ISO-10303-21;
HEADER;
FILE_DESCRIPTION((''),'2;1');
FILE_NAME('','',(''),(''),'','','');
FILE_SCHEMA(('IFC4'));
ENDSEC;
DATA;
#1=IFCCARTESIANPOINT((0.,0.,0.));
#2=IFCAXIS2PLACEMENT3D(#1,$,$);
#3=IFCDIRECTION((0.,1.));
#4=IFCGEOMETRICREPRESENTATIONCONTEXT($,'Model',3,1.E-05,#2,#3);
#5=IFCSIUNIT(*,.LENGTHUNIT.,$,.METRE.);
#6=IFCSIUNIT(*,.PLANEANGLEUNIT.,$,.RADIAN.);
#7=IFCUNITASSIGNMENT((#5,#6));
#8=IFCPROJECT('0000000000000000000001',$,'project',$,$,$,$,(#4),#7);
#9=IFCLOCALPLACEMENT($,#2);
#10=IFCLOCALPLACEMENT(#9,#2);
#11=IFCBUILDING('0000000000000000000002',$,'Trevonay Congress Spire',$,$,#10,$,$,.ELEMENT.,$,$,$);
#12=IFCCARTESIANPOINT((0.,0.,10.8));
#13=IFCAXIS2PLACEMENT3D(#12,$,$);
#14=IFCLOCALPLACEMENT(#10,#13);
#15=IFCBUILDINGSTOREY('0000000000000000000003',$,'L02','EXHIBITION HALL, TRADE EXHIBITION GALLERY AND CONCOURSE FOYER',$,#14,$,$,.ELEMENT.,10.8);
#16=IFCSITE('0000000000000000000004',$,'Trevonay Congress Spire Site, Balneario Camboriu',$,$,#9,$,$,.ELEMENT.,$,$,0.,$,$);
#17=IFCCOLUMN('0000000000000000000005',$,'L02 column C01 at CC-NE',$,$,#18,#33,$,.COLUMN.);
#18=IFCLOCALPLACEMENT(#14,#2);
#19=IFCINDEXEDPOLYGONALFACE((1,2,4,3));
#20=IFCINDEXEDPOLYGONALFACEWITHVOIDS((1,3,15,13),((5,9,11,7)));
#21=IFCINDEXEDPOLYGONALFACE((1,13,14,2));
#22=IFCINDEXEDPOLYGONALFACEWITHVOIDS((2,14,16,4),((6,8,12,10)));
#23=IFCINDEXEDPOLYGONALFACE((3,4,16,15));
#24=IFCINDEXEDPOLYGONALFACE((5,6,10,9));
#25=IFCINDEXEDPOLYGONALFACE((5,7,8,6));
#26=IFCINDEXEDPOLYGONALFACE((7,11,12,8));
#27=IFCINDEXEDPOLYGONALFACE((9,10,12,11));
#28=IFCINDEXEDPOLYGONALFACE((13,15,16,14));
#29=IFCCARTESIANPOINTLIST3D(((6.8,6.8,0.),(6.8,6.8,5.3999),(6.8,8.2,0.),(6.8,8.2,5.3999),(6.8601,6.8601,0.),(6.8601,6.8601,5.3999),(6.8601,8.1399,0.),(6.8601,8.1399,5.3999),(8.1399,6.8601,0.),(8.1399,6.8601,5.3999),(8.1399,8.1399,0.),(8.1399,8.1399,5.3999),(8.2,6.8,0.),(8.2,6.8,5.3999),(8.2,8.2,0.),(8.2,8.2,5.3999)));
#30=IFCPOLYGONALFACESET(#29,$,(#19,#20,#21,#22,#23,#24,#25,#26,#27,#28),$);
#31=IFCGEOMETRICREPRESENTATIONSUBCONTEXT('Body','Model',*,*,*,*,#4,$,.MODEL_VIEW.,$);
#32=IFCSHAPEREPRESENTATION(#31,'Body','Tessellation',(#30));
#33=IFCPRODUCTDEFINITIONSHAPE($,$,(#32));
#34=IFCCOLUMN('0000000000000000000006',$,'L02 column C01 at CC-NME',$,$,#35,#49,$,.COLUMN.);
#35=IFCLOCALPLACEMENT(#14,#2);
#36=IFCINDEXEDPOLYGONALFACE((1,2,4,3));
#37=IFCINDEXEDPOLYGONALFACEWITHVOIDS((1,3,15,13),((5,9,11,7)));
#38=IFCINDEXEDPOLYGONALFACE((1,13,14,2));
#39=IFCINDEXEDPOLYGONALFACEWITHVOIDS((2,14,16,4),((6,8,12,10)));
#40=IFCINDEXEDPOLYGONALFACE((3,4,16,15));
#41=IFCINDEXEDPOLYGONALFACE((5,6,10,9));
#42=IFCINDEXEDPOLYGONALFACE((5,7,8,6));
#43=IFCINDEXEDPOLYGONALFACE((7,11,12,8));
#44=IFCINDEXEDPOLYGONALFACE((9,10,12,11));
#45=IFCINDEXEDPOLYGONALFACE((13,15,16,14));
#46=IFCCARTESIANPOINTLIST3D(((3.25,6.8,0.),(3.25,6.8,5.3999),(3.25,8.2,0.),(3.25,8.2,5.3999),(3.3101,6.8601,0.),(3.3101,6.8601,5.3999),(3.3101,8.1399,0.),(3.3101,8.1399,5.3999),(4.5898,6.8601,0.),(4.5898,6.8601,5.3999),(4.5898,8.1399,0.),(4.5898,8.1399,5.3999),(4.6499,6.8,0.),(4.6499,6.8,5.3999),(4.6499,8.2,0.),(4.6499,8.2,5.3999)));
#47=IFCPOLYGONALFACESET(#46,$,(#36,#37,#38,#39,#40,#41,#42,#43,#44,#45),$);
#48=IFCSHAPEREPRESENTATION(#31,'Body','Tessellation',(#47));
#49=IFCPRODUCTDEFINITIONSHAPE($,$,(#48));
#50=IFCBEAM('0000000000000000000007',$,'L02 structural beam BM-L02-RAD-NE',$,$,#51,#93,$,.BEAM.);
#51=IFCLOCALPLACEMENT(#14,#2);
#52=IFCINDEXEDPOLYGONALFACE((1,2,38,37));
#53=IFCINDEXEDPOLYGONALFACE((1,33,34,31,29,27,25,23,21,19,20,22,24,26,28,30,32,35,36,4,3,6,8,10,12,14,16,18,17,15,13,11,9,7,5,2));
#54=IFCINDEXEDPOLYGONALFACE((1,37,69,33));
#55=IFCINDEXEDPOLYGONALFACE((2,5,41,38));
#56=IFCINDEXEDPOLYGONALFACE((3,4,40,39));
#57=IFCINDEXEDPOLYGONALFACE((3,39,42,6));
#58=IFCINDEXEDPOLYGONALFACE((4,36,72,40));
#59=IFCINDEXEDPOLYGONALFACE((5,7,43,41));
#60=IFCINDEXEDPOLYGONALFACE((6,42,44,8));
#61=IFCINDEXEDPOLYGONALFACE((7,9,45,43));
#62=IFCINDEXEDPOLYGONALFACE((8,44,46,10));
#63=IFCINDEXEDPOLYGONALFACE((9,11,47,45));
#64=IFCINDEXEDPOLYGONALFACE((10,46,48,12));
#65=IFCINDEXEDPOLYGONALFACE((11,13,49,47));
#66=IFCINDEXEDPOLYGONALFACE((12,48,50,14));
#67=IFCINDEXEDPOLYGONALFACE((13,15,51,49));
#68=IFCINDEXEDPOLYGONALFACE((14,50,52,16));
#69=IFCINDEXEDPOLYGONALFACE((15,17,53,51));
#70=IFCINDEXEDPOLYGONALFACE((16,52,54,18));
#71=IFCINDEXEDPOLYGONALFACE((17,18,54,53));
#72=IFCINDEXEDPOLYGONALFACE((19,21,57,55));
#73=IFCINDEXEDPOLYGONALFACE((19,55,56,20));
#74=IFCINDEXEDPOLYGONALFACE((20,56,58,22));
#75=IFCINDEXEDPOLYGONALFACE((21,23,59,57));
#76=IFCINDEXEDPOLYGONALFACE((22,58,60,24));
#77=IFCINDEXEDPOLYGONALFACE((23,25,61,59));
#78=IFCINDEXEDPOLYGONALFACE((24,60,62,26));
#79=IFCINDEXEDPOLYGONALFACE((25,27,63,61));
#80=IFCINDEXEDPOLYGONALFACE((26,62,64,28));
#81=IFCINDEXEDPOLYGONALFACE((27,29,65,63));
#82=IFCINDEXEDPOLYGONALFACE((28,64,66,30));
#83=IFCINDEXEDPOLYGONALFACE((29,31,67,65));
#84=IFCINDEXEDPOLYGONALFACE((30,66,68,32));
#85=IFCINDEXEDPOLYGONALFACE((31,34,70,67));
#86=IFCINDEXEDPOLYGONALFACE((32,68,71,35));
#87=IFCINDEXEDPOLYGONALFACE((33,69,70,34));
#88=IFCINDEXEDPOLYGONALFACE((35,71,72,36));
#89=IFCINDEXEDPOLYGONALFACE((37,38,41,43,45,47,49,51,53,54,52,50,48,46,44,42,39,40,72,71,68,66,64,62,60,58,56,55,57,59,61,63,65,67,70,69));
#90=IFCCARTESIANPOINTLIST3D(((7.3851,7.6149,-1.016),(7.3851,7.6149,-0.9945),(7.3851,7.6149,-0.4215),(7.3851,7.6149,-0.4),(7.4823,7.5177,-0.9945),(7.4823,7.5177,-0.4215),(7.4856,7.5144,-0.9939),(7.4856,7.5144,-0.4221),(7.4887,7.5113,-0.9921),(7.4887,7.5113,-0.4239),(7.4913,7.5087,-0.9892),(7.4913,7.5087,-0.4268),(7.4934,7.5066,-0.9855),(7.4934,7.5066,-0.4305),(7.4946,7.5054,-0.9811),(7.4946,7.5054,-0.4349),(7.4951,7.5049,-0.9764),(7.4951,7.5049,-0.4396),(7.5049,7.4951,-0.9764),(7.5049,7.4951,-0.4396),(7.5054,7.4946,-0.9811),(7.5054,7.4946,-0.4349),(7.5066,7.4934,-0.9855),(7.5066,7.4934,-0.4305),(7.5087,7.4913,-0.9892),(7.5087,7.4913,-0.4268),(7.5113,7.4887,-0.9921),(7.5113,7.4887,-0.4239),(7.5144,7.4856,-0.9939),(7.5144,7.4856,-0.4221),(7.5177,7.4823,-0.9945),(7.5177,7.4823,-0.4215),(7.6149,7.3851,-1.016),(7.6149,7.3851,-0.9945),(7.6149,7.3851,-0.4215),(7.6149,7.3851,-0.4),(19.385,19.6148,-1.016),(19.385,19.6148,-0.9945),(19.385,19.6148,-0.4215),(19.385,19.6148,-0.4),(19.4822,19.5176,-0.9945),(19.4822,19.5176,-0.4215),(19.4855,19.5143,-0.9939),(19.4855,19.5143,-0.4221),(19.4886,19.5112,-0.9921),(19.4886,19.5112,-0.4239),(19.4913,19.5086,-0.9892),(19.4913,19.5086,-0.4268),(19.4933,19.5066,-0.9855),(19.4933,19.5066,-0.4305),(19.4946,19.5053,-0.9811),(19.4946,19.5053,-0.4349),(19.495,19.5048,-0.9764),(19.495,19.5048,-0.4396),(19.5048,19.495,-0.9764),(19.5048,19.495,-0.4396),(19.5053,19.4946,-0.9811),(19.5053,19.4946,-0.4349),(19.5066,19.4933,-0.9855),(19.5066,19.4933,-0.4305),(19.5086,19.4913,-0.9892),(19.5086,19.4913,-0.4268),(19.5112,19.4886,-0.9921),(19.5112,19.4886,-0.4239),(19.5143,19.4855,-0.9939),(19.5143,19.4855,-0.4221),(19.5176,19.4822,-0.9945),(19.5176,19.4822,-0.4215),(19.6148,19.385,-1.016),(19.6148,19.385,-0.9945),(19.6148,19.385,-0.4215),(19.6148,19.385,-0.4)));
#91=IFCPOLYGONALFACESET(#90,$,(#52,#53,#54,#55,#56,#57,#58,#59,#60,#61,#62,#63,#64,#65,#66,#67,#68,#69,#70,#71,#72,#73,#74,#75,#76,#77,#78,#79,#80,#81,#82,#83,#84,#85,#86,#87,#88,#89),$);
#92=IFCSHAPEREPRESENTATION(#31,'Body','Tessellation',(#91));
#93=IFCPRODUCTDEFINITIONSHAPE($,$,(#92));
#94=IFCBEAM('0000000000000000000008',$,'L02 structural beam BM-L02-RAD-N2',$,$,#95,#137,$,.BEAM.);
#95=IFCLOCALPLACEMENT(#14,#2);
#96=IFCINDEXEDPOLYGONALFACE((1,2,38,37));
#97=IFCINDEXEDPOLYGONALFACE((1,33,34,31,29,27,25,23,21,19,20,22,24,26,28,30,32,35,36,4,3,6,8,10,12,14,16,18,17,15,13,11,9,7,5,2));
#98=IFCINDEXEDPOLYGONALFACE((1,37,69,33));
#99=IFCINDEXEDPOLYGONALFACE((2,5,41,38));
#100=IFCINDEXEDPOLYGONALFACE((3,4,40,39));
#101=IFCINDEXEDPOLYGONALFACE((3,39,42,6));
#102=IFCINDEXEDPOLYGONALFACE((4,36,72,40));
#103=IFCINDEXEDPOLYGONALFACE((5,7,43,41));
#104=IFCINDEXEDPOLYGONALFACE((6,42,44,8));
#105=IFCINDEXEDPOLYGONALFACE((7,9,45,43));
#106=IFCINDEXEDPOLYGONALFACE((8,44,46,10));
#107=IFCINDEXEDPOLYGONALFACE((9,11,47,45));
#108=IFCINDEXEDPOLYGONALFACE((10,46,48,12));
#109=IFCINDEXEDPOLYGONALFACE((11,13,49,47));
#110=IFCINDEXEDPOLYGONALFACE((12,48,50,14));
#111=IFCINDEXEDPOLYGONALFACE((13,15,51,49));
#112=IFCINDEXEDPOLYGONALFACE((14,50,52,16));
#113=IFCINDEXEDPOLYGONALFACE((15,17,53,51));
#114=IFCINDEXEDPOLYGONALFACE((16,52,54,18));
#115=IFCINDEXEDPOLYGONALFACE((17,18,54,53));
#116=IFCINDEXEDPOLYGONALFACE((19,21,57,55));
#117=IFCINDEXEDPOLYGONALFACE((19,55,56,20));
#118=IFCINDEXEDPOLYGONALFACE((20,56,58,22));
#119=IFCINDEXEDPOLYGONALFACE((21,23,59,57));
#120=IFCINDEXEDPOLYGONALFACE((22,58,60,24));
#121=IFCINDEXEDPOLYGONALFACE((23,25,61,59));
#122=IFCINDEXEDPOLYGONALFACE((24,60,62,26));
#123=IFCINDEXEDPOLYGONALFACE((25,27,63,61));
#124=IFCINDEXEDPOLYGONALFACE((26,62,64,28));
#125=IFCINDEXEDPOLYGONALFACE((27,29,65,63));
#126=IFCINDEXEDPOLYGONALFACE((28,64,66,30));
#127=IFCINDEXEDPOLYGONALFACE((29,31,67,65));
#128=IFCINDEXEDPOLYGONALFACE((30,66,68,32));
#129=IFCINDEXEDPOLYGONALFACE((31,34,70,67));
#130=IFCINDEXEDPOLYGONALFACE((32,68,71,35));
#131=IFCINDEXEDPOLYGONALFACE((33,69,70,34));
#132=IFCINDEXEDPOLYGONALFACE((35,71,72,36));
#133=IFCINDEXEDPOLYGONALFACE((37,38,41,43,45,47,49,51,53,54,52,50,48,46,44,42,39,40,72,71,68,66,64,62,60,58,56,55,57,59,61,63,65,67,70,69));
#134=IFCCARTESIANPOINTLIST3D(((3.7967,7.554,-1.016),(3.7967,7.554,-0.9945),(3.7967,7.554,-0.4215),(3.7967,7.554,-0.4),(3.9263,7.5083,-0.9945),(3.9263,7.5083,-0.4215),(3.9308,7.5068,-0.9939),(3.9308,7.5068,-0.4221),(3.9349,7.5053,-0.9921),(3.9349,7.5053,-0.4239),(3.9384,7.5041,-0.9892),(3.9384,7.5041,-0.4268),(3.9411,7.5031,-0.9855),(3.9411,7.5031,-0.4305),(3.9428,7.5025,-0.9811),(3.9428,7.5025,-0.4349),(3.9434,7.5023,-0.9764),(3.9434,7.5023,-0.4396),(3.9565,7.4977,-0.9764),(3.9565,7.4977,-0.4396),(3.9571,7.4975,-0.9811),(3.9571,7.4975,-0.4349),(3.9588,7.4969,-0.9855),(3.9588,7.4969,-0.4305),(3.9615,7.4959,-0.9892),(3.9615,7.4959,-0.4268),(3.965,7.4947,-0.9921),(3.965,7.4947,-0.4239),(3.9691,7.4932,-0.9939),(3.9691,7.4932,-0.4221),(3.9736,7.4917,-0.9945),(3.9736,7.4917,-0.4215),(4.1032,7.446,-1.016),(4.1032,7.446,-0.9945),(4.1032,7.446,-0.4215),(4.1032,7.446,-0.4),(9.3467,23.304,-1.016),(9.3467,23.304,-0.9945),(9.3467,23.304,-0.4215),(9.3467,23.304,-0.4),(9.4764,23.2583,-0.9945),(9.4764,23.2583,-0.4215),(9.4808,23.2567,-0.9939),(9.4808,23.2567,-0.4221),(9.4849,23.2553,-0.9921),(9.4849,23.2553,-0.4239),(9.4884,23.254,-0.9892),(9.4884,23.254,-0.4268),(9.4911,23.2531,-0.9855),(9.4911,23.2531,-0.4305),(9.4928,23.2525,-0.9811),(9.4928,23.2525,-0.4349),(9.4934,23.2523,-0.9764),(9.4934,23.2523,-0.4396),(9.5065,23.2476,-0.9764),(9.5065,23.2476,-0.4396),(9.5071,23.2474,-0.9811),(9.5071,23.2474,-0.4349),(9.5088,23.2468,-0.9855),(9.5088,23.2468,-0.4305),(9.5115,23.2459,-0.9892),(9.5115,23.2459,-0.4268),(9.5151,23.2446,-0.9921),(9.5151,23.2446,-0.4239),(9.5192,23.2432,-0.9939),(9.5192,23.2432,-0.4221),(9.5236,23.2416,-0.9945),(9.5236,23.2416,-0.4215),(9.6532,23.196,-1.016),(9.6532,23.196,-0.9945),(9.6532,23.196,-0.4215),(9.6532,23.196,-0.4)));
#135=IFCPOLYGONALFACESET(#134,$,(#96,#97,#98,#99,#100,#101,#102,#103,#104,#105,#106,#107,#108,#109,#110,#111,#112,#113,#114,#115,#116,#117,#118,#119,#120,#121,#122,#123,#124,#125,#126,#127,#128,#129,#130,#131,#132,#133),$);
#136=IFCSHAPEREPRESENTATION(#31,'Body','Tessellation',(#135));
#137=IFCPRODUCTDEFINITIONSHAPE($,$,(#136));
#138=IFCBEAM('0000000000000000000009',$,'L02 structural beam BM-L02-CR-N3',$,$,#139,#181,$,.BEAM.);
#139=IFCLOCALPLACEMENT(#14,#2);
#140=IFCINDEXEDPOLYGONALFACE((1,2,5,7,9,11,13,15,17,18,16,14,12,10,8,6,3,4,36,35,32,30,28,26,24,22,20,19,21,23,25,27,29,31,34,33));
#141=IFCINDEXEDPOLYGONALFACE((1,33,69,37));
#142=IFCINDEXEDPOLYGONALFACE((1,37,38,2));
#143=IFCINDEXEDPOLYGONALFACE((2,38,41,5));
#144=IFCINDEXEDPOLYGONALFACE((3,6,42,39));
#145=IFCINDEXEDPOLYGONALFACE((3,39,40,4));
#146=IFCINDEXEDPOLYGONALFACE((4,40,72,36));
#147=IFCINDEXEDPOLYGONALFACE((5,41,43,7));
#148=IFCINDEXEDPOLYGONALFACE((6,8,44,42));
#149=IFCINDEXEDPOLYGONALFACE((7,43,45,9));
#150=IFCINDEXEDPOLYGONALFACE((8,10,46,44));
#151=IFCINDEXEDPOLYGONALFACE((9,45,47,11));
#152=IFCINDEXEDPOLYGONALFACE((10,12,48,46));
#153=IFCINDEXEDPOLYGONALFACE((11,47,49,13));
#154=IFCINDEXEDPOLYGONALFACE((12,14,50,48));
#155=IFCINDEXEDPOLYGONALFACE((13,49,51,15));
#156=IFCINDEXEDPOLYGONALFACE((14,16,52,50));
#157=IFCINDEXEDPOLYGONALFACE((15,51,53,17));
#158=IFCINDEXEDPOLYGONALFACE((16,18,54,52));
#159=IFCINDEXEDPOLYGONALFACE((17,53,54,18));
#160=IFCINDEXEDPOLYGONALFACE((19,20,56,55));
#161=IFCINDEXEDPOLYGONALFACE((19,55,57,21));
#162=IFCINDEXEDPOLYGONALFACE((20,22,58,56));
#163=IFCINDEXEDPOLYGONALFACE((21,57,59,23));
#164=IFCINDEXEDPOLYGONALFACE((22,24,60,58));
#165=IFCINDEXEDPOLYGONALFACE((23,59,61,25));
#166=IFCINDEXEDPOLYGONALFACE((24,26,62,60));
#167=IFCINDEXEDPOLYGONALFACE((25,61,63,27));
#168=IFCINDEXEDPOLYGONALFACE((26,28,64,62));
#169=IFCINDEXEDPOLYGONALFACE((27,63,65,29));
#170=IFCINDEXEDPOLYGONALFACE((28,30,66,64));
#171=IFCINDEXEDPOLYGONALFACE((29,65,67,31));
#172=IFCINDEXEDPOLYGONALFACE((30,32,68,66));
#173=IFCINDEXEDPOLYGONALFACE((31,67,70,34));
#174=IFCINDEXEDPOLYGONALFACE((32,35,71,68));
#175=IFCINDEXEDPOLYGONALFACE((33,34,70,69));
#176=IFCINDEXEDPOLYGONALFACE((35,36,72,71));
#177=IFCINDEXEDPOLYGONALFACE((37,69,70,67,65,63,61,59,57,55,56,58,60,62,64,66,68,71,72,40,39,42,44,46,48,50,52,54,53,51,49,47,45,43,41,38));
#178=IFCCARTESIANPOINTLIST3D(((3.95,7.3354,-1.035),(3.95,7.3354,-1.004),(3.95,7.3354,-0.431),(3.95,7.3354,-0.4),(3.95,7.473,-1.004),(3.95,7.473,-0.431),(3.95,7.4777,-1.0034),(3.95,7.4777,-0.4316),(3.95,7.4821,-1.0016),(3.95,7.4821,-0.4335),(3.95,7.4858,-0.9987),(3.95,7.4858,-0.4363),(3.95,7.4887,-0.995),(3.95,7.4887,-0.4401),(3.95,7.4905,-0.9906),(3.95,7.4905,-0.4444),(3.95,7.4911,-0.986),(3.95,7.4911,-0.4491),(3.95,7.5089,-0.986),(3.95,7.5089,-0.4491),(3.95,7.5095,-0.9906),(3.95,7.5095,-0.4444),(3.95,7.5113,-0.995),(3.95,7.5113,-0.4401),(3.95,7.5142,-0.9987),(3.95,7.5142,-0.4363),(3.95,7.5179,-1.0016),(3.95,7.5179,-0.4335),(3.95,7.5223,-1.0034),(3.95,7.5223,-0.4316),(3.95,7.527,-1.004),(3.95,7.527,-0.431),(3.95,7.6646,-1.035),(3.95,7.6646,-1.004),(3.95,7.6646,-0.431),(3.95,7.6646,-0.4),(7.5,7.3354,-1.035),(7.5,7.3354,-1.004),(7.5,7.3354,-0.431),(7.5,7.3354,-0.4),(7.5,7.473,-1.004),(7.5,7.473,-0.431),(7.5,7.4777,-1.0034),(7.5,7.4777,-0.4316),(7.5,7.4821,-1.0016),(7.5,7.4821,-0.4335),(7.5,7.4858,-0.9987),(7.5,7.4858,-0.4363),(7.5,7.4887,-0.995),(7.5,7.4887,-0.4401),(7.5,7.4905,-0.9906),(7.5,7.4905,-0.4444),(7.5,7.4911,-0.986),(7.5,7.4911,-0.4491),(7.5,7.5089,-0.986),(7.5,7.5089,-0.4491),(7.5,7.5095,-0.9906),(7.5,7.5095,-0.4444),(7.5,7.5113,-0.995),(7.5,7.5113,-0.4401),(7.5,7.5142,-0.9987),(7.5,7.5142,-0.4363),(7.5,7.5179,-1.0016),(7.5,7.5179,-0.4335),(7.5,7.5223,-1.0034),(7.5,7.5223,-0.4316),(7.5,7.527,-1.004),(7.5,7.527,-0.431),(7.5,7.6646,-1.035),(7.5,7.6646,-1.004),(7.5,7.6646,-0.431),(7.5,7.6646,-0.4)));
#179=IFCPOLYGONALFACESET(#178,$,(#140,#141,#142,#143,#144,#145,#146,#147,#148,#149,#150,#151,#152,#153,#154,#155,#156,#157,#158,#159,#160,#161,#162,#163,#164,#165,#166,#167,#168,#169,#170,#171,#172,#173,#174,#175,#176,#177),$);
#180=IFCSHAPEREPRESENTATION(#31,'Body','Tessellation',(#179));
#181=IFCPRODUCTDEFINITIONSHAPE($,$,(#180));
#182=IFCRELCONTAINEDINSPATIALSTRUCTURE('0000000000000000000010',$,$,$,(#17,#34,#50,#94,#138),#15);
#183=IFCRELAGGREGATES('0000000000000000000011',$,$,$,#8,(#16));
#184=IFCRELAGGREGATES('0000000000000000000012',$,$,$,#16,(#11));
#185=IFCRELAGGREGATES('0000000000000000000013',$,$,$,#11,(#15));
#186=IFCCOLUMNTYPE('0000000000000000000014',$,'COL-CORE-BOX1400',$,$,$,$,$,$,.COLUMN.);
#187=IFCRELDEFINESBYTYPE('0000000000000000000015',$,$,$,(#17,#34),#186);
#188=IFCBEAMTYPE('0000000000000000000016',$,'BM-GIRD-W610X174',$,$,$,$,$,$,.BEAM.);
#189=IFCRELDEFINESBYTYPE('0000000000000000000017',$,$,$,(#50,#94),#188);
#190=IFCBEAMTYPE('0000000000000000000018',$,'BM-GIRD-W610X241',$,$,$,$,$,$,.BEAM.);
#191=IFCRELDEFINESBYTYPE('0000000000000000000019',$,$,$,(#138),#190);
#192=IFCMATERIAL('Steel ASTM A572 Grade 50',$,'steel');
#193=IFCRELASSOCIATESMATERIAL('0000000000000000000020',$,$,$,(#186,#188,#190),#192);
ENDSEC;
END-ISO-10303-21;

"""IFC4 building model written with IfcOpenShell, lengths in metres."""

from ifc_helpers import new_model, si_unit, direction, frame, origin, origin_2d, place, context, subcontext, project, spatial, hollow_rectangle, i_section, extrude, material, material_profile, profile_set, type_object, element, save


model = new_model("IFC4")

# Units and contexts
model_context = context("Model", 3, precision=1e-05, world=origin(), true_north=direction((0.0, 1.0)))
body_context = subcontext(model_context, "Body", "Model", "MODEL_VIEW")
ifc_project = project(units=[si_unit("LENGTHUNIT", "METRE"), si_unit("PLANEANGLEUNIT", "RADIAN")], contexts=[model_context])

# Site, building, storey
site_placement = place(None, origin())
site = spatial("IfcSite", under=ifc_project, at=site_placement, Name="Trevonay Congress Spire Site, Balneario Camboriu", CompositionType="ELEMENT", RefElevation=0.0)
building_placement = place(site_placement, origin())
building = spatial("IfcBuilding", under=site, at=building_placement, Name="Trevonay Congress Spire", CompositionType="ELEMENT")
storey_placement = place(building_placement, frame((0.0, 0.0, 10.8)))
storey = spatial("IfcBuildingStorey", under=building, at=storey_placement, Name="L02", Description="EXHIBITION HALL, TRADE EXHIBITION GALLERY AND CONCOURSE FOYER", CompositionType="ELEMENT", Elevation=10.8)

# Columns
ifc_material_1 = material(Name="Steel ASTM A572 Grade 50", Category="steel")
ifc_material_profile_1 = material_profile(ifc_material_1, hollow_rectangle(XDim=1.3999, YDim=1.3999, WallThickness=0.0601, at=origin_2d()), Name="BOX 1400x1400x60")
ifc_profile_set_1 = profile_set([ifc_material_profile_1], Name="Steel ASTM A572 Grade 50")
column_type = type_object("IfcColumnType", Name="COL-CORE-BOX1400", PredefinedType="COLUMN", material=ifc_profile_set_1)
for number, where, z_axis, x_axis, name in (
    (1, (7.5, 7.5, 0.0), (0.0, 0.0, 1.0), (1.0, 0.0, 0.0), "L02 column C01 at CC-NE"),
    (2, (3.95, 7.5, 0.0), (0.0, 0.0, 1.0), (1.0, 0.0, 0.0), "L02 column C01 at CC-NME"),
):
    element("IfcColumn", number, at=place(storey_placement, frame(where, z_axis=z_axis, x_axis=x_axis)), inside=storey, type_object=column_type, Name=name, PredefinedType="COLUMN", context=body_context, shape_type="SweptSolid", body=[
        extrude(hollow_rectangle(XDim=1.3999, YDim=1.3999, WallThickness=0.0601, at=origin_2d()), origin(), (0.0, 0.0, 1.0), 5.3999),
    ])

# Beams
ifc_material_profile_2 = material_profile(ifc_material_1, i_section(OverallWidth=0.325, OverallDepth=0.616, WebThickness=0.0139, FlangeThickness=0.0215, FilletRadius=0.0181, at=origin_2d()), Name="W610x174")
ifc_profile_set_2 = profile_set([ifc_material_profile_2], Name="Steel ASTM A572 Grade 50")
beam_type_1 = type_object("IfcBeamType", Name="BM-GIRD-W610X174", PredefinedType="BEAM", material=ifc_profile_set_2)
beam_1_placement = place(storey_placement, frame((7.5, 7.5, -0.708), z_axis=(0.707107, 0.707107, 0.0), x_axis=(-0.707107, 0.707107, 0.0)))
element("IfcBeam", 3, at=beam_1_placement, inside=storey, type_object=beam_type_1, Name="L02 structural beam BM-L02-RAD-NE", PredefinedType="BEAM", context=body_context, shape_type="SweptSolid", body=[
    extrude(i_section(OverallWidth=0.325, OverallDepth=0.616, WebThickness=0.0139, FlangeThickness=0.0215, FilletRadius=0.0181, at=origin_2d()), origin(), (0.0, 0.0, 1.0), 16.9705),
])
beam_2_placement = place(storey_placement, frame((3.95, 7.5, -0.708), z_axis=(0.332353, 0.943155, 0.0), x_axis=(-0.943155, 0.332353, 0.0)))
element("IfcBeam", 4, at=beam_2_placement, inside=storey, type_object=beam_type_1, Name="L02 structural beam BM-L02-RAD-N2", PredefinedType="BEAM", context=body_context, shape_type="SweptSolid", body=[
    extrude(i_section(OverallWidth=0.325, OverallDepth=0.616, WebThickness=0.0139, FlangeThickness=0.0215, FilletRadius=0.0181, at=origin_2d()), origin(), (0.0, 0.0, 1.0), 16.6992),
])
ifc_material_profile_3 = material_profile(ifc_material_1, i_section(OverallWidth=0.3291, OverallDepth=0.635, WebThickness=0.0178, FlangeThickness=0.031, FilletRadius=0.0181, at=origin_2d()), Name="W610x241")
ifc_profile_set_3 = profile_set([ifc_material_profile_3], Name="Steel ASTM A572 Grade 50")
beam_type_2 = type_object("IfcBeamType", Name="BM-GIRD-W610X241", PredefinedType="BEAM", material=ifc_profile_set_3)
beam_3_placement = place(storey_placement, frame((3.95, 7.5, -0.7175), z_axis=(1.0, 0.0, 0.0), x_axis=(0.0, 1.0, 0.0)))
element("IfcBeam", 5, at=beam_3_placement, inside=storey, type_object=beam_type_2, Name="L02 structural beam BM-L02-CR-N3", PredefinedType="BEAM", context=body_context, shape_type="SweptSolid", body=[
    extrude(i_section(OverallWidth=0.3291, OverallDepth=0.635, WebThickness=0.0178, FlangeThickness=0.031, FilletRadius=0.0181, at=origin_2d()), origin(), (0.0, 0.0, 1.0), 3.55),
])

save(model, "model.ifc")
